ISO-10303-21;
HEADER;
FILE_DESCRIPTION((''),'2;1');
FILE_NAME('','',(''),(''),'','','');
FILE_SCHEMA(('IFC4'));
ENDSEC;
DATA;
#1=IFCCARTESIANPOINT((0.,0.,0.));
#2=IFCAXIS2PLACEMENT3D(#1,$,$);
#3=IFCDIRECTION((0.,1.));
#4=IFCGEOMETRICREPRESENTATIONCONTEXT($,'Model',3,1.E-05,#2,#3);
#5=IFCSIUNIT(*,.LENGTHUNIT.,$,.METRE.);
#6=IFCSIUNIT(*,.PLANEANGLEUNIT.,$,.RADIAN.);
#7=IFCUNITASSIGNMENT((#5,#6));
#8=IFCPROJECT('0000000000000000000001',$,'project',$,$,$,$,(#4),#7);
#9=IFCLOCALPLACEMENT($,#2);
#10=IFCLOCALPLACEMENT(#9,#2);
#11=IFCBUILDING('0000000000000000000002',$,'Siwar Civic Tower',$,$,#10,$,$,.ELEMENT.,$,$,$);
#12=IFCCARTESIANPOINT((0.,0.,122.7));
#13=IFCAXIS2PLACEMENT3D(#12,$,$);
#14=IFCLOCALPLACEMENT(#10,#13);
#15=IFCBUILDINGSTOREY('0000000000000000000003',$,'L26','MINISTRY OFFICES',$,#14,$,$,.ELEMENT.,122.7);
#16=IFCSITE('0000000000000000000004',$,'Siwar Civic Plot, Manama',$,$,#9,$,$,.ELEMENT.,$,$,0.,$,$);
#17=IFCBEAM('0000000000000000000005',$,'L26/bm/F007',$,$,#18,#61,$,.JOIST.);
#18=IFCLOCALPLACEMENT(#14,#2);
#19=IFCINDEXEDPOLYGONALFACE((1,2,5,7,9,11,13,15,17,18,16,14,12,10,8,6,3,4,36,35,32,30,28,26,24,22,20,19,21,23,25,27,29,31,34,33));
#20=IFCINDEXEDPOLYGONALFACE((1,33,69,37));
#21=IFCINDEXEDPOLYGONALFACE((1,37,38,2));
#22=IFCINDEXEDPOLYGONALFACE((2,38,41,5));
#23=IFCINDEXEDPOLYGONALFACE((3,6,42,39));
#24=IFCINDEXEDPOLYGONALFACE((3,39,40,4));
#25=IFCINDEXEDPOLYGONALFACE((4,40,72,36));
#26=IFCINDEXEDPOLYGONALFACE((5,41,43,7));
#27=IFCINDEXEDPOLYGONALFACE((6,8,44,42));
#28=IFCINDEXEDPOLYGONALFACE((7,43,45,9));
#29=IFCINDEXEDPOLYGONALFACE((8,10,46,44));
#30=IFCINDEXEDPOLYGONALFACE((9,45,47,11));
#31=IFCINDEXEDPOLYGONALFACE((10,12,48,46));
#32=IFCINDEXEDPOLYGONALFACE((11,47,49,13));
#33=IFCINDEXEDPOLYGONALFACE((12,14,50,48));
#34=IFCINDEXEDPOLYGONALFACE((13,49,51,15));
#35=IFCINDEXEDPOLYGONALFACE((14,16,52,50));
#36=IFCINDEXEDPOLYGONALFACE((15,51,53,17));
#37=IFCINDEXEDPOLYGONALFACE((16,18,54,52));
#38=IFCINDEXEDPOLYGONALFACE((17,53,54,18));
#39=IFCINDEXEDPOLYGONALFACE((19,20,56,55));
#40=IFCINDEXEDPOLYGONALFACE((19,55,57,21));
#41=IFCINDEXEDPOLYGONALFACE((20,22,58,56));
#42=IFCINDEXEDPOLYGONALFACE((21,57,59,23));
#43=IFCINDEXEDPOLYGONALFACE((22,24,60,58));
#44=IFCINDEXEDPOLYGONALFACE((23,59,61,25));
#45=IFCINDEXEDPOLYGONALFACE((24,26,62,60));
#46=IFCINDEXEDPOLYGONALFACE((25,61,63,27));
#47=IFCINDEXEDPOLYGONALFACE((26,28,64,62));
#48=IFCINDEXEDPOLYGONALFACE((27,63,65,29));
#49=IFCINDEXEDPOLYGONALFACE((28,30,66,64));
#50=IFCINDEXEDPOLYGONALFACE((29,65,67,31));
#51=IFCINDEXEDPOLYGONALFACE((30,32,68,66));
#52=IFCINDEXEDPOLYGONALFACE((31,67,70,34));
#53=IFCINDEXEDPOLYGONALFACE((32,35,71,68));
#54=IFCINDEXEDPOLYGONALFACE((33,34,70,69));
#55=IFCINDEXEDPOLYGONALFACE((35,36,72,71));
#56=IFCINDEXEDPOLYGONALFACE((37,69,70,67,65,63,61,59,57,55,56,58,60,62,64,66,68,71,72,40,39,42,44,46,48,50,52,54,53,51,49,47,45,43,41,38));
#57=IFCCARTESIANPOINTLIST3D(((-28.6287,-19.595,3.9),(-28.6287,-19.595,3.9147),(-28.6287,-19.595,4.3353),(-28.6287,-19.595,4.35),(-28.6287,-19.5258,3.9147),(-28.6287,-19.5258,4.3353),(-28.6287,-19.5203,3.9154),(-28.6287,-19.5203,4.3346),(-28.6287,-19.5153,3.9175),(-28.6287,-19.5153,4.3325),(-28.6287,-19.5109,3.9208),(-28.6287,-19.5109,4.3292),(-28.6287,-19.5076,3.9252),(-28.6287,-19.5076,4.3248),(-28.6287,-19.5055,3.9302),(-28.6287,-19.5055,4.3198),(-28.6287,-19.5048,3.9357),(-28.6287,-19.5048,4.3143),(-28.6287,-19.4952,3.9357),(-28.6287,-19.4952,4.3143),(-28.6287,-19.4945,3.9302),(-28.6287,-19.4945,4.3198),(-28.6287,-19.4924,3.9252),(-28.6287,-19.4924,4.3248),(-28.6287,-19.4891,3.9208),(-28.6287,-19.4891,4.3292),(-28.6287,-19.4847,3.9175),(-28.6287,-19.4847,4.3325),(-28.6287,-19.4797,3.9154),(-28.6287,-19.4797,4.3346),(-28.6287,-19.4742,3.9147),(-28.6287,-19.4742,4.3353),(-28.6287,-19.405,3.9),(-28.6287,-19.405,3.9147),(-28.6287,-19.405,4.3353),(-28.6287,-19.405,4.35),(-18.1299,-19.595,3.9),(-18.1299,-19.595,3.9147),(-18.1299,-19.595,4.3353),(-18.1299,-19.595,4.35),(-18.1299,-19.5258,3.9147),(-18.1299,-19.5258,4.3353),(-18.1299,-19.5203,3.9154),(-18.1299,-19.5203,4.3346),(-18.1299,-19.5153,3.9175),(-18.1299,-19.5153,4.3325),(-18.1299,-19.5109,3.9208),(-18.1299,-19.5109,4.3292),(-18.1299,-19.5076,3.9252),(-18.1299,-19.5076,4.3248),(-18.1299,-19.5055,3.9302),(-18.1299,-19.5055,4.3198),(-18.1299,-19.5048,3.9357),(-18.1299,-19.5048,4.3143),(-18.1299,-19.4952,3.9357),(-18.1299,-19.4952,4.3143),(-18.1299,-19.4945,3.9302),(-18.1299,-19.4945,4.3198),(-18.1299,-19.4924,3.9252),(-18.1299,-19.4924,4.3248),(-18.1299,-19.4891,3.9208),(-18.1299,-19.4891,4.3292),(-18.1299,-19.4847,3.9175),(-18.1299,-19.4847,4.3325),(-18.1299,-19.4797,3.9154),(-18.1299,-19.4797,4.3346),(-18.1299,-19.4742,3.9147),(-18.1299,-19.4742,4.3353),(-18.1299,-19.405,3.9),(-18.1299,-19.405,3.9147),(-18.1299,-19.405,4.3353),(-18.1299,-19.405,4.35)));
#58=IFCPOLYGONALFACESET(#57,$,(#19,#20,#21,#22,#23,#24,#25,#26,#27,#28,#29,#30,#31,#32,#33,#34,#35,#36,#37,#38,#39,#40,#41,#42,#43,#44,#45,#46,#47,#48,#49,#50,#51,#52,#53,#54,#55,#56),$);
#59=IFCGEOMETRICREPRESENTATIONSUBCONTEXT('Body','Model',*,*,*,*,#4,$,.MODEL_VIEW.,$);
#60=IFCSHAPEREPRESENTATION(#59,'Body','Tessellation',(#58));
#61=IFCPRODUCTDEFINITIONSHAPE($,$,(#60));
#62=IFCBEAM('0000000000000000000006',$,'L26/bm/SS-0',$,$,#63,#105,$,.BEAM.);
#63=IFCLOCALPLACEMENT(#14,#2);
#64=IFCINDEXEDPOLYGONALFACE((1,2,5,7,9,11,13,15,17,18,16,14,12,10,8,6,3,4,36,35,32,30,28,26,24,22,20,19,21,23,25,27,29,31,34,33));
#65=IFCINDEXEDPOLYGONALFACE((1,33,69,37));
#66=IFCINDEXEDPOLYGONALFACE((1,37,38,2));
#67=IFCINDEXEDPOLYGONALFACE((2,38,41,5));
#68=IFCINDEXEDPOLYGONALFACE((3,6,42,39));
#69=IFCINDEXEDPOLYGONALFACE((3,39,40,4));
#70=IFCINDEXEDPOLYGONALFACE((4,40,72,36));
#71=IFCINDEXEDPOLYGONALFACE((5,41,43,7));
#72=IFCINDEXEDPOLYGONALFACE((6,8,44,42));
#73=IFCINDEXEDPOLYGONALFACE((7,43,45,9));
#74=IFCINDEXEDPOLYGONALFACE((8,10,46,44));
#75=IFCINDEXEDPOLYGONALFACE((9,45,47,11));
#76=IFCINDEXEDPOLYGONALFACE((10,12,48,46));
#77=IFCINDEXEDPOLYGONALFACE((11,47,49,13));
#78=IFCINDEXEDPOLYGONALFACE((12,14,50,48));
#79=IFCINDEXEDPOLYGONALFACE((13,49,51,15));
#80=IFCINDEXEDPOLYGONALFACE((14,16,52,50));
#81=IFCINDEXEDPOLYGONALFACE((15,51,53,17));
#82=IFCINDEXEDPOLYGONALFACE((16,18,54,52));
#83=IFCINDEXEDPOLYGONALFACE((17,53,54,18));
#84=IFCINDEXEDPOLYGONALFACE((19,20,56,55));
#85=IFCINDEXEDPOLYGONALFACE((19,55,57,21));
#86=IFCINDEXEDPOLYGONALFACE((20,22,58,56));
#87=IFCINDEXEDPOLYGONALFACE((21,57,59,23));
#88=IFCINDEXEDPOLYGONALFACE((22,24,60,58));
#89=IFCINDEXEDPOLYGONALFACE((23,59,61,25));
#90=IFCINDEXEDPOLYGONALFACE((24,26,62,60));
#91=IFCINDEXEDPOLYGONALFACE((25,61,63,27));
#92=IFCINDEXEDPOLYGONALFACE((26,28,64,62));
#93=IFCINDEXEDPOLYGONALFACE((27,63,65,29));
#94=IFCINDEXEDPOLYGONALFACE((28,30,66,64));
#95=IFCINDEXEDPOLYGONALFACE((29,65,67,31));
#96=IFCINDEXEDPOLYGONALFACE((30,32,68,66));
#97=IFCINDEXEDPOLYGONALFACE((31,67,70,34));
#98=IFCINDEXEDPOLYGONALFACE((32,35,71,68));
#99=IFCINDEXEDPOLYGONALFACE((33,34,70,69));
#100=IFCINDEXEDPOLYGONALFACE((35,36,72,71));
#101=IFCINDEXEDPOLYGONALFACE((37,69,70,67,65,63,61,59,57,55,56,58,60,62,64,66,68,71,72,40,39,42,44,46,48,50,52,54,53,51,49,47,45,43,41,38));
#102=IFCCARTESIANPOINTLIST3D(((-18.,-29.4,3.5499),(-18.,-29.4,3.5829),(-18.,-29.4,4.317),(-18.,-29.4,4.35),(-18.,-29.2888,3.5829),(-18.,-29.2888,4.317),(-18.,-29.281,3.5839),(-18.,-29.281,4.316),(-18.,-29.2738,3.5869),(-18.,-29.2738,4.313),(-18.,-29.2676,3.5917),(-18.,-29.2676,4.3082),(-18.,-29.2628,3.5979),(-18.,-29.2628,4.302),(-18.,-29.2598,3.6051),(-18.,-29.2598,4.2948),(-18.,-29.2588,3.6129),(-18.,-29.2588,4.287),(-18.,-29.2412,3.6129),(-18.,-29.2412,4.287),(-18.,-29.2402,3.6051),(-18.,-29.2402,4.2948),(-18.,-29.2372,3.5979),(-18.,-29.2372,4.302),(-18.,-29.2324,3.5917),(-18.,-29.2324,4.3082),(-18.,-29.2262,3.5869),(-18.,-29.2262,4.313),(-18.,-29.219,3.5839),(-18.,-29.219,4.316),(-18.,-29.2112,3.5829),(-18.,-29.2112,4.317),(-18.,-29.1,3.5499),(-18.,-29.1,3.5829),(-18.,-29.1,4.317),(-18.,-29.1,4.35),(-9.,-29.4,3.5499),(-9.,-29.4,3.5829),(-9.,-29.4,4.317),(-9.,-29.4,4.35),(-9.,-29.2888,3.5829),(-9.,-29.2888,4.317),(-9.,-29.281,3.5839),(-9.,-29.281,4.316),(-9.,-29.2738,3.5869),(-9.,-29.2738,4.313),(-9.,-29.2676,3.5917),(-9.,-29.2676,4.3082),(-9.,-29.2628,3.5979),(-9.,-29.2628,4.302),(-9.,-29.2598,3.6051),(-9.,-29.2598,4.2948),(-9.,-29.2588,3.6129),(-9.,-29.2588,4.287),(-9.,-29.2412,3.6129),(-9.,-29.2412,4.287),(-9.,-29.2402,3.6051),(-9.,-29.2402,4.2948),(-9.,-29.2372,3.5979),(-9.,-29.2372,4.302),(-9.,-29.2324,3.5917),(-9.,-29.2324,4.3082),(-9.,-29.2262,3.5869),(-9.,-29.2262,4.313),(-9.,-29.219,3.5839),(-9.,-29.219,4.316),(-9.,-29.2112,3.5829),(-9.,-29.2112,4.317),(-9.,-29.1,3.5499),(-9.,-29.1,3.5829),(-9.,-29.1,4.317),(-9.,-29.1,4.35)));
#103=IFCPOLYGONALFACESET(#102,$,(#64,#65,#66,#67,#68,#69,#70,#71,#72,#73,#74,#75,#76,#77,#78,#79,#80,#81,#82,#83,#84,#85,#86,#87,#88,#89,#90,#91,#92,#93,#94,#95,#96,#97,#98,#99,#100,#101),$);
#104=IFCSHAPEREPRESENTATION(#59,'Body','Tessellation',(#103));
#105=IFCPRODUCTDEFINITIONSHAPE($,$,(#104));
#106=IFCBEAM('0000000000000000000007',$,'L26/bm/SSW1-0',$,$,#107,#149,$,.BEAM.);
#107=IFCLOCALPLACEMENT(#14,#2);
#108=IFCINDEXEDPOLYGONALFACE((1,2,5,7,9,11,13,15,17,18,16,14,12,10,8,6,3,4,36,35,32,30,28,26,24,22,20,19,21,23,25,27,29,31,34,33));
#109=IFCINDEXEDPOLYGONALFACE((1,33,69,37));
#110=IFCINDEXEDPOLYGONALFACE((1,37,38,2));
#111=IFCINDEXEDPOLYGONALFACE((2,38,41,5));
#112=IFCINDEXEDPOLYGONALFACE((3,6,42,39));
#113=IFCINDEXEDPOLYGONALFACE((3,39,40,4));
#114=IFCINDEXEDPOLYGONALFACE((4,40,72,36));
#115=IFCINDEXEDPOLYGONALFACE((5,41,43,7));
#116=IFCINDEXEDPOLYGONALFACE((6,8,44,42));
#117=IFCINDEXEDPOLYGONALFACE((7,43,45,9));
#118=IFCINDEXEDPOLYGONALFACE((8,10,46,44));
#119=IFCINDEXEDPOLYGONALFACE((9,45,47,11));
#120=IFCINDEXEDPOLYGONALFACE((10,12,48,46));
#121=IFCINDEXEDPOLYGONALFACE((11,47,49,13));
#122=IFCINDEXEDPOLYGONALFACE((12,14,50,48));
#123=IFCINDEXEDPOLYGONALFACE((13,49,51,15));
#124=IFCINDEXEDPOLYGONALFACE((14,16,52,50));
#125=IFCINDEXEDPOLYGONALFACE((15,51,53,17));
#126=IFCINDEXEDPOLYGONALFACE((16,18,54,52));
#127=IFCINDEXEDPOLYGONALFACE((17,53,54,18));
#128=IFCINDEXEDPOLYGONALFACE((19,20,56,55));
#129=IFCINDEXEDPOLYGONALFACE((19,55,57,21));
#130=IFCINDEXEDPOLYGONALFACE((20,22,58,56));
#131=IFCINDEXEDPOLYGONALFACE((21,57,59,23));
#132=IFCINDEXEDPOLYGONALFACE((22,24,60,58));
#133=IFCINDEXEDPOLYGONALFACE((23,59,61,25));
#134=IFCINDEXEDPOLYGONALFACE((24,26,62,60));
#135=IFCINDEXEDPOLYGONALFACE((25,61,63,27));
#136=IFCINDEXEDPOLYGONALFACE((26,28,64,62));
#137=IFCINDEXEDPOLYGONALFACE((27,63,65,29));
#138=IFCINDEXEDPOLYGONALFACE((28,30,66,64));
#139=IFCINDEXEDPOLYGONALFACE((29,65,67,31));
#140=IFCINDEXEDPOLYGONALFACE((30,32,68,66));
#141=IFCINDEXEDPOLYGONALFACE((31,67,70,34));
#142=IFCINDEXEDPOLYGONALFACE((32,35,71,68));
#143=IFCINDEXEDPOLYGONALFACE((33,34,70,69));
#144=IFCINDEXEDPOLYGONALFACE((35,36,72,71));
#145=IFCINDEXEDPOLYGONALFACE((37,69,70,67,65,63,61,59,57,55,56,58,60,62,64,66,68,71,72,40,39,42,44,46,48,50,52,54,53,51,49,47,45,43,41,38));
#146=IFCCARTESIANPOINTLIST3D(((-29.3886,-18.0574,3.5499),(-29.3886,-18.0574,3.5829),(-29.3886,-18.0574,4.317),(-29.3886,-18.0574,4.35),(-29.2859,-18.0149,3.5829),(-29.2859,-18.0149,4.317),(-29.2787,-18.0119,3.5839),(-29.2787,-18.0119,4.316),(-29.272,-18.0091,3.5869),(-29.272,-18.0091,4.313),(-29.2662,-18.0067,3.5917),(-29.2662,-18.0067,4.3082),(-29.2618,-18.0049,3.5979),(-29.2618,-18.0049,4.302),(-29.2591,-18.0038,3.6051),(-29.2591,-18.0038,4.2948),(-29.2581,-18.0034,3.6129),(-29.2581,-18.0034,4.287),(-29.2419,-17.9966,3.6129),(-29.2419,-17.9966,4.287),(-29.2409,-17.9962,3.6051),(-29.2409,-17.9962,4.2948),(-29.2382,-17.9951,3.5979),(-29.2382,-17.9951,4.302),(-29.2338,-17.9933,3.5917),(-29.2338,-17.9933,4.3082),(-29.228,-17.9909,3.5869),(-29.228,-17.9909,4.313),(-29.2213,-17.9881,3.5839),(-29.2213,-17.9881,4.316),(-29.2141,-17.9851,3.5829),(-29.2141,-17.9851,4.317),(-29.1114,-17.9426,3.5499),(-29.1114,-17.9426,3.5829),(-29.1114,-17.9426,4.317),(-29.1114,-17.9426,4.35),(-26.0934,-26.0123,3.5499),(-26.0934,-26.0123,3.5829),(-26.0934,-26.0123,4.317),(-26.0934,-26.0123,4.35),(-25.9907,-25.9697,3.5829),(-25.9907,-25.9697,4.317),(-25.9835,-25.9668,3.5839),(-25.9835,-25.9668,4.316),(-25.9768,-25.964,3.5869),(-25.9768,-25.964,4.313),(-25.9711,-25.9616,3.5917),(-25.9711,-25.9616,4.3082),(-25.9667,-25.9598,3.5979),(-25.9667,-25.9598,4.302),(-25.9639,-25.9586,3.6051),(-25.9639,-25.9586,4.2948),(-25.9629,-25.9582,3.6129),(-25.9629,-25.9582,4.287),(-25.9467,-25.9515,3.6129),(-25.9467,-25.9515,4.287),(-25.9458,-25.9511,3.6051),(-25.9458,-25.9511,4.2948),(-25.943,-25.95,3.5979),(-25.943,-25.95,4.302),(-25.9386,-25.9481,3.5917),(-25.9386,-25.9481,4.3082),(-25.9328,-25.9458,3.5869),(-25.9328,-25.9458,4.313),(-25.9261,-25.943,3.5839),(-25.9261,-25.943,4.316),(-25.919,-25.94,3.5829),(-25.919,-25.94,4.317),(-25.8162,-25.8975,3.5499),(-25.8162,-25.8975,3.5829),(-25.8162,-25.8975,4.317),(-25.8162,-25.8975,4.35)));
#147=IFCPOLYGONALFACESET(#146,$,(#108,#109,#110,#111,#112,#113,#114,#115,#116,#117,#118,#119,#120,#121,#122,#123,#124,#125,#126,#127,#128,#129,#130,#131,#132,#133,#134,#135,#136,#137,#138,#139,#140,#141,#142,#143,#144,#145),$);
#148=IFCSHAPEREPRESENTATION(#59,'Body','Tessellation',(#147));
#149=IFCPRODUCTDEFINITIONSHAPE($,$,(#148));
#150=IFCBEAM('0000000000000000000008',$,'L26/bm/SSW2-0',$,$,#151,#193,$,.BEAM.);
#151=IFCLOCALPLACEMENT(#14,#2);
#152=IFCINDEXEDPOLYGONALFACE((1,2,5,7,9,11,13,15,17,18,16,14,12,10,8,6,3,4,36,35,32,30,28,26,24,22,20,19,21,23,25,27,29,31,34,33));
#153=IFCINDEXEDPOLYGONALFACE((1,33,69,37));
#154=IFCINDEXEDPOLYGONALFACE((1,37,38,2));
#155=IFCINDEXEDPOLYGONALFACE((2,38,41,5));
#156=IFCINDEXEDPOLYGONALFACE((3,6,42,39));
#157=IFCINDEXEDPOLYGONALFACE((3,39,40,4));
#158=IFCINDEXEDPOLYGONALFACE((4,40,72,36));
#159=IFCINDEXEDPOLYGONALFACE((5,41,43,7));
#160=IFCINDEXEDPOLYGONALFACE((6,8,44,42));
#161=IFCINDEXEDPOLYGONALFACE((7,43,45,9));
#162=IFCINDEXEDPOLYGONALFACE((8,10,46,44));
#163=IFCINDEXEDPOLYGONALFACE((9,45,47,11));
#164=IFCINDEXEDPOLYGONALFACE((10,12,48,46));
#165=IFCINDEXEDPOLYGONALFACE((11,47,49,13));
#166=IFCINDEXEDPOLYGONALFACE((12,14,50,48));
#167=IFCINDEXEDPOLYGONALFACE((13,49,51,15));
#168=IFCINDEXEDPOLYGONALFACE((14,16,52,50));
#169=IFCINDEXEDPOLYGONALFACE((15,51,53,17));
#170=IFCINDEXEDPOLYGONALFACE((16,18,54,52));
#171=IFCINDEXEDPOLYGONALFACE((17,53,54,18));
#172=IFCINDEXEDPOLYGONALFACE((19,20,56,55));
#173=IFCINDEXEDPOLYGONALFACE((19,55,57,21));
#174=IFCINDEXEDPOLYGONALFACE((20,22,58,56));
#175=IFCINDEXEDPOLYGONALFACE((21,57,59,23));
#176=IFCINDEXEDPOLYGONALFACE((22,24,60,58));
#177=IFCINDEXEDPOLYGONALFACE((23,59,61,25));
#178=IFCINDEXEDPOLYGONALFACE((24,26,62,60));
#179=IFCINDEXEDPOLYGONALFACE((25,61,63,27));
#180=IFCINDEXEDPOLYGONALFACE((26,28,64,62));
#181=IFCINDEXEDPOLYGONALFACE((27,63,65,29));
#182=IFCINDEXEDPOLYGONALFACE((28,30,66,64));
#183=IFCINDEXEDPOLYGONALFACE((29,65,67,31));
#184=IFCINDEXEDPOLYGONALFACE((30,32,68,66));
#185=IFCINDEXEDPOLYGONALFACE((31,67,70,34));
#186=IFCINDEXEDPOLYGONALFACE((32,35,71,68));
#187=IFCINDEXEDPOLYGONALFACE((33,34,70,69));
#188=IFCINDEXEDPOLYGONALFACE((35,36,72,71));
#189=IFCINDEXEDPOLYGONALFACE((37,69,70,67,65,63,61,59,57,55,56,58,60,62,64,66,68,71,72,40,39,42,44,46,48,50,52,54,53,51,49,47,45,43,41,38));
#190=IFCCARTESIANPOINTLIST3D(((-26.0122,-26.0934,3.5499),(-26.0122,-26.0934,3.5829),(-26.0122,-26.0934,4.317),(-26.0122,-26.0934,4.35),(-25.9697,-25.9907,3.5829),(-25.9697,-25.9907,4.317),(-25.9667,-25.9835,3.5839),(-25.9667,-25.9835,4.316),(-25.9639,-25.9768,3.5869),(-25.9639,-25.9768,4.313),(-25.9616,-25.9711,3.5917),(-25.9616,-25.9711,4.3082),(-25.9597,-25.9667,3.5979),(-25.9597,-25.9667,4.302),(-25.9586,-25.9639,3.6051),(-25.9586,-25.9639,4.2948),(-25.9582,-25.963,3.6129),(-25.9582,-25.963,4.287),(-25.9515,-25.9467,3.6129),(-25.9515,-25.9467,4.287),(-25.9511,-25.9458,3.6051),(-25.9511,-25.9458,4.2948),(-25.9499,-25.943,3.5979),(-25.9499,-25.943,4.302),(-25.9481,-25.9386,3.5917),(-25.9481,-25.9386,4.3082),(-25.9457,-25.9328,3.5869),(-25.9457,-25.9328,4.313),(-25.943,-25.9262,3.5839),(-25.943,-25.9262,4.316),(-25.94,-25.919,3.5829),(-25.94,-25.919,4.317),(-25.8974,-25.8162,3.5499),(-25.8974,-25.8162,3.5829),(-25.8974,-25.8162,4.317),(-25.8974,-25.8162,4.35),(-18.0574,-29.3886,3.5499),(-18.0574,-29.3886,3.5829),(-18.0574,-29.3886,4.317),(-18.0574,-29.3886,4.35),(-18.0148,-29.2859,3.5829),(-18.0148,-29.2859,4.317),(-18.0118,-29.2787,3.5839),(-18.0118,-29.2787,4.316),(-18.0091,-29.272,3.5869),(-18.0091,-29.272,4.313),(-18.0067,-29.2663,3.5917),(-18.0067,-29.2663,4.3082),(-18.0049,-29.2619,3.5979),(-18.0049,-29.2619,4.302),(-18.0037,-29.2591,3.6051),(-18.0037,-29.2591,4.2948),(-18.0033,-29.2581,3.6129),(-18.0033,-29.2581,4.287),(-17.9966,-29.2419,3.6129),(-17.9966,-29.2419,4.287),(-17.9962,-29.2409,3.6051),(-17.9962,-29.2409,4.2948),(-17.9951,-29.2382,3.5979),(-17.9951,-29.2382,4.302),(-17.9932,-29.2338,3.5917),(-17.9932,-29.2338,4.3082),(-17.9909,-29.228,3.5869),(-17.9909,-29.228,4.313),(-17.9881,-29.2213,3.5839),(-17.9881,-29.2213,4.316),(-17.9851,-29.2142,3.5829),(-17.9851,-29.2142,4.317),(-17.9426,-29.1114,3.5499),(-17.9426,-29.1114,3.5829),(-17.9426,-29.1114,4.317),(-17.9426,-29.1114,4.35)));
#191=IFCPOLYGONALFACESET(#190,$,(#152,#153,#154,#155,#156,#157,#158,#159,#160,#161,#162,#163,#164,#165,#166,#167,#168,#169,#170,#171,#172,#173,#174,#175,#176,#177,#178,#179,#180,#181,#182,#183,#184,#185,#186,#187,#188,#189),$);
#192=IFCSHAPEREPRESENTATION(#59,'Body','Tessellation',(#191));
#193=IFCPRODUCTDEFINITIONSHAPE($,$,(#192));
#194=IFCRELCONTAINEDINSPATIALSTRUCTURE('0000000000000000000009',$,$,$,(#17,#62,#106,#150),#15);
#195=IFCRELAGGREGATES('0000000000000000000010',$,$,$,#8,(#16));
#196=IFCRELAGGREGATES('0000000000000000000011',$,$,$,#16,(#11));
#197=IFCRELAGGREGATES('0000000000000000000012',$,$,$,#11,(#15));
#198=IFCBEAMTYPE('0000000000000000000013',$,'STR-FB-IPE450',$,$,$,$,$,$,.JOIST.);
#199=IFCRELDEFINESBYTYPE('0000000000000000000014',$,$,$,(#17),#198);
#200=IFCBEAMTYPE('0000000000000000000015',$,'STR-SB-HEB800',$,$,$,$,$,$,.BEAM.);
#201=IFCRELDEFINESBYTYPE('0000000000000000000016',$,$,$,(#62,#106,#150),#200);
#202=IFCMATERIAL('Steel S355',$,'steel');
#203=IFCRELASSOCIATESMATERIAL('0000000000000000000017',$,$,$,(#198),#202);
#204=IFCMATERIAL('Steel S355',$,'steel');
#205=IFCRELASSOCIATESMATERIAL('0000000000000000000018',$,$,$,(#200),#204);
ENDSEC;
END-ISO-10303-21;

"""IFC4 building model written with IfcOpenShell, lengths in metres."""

from ifc_helpers import new_model, si_unit, direction, frame, origin, origin_2d, place, context, subcontext, project, spatial, i_section, extrude, material, material_profile, profile_set, type_object, element, save


model = new_model("IFC4")

# Units and contexts
model_context = context("Model", 3, precision=1e-05, world=origin(), true_north=direction((0.0, 1.0)))
body_context = subcontext(model_context, "Body", "Model", "MODEL_VIEW")
ifc_project = project(units=[si_unit("LENGTHUNIT", "METRE"), si_unit("PLANEANGLEUNIT", "RADIAN")], contexts=[model_context])

# Site, building, storey
site_placement = place(None, origin())
site = spatial("IfcSite", under=ifc_project, at=site_placement, Name="Siwar Civic Plot, Manama", CompositionType="ELEMENT", RefElevation=0.0)
building_placement = place(site_placement, origin())
building = spatial("IfcBuilding", under=site, at=building_placement, Name="Siwar Civic Tower", CompositionType="ELEMENT")
storey_placement = place(building_placement, frame((0.0, 0.0, 122.7)))
storey = spatial("IfcBuildingStorey", under=building, at=storey_placement, Name="L26", Description="MINISTRY OFFICES", CompositionType="ELEMENT", Elevation=122.7)

# Beams
ifc_material_1 = material(Name="Steel S355", Category="steel")
ifc_material_profile_1 = material_profile(ifc_material_1, i_section(OverallWidth=0.1899, OverallDepth=0.45, WebThickness=0.0095, FlangeThickness=0.0146, FilletRadius=0.021, at=origin_2d()), Name="IPE450")
ifc_profile_set_1 = profile_set([ifc_material_profile_1], Name="Steel S355")
beam_type_1 = type_object("IfcBeamType", Name="STR-FB-IPE450", PredefinedType="JOIST", material=ifc_profile_set_1)
beam_1_placement = place(storey_placement, frame((-28.6287, -19.5, 4.125), z_axis=(1.0, 0.0, 0.0), x_axis=(0.0, 1.0, 0.0)))
element("IfcBeam", 1, at=beam_1_placement, inside=storey, type_object=beam_type_1, Name="L26/bm/F007", PredefinedType="JOIST", context=body_context, shape_type="SweptSolid", body=[
    extrude(i_section(OverallWidth=0.1899, OverallDepth=0.45, WebThickness=0.0095, FlangeThickness=0.0146, FilletRadius=0.021, at=origin_2d()), origin(), (0.0, 0.0, 1.0), 10.4988),
])
ifc_material_2 = material(Name="Steel S355", Category="steel")
ifc_material_profile_2 = material_profile(ifc_material_2, i_section(OverallWidth=0.3, OverallDepth=0.8, WebThickness=0.0176, FlangeThickness=0.033, FilletRadius=0.03, at=origin_2d()), Name="HEB800")
ifc_profile_set_2 = profile_set([ifc_material_profile_2], Name="Steel S355")
beam_type_2 = type_object("IfcBeamType", Name="STR-SB-HEB800", PredefinedType="BEAM", material=ifc_profile_set_2)
beam_2_placement = place(storey_placement, frame((-18.0, -29.25, 3.95), z_axis=(1.0, 0.0, 0.0), x_axis=(0.0, 1.0, 0.0)))
element("IfcBeam", 2, at=beam_2_placement, inside=storey, type_object=beam_type_2, Name="L26/bm/SS-0", PredefinedType="BEAM", context=body_context, shape_type="SweptSolid", body=[
    extrude(i_section(OverallWidth=0.3, OverallDepth=0.8, WebThickness=0.0176, FlangeThickness=0.033, FilletRadius=0.03, at=origin_2d()), origin(), (0.0, 0.0, 1.0), 9.0),
])
for number, where, z_axis, x_axis, name in (
    (3, (-29.25, -18.0, 3.95), (0.3827, -0.923873, 0.0), (0.923873, 0.3827, 0.0), "L26/bm/SSW1-0"),
    (4, (-25.9548, -25.9548, 3.95), (0.923873, -0.3827, 0.0), (0.3827, 0.923873, 0.0), "L26/bm/SSW2-0"),
):
    element("IfcBeam", number, at=place(storey_placement, frame(where, z_axis=z_axis, x_axis=x_axis)), inside=storey, type_object=beam_type_2, Name=name, PredefinedType="BEAM", context=body_context, shape_type="SweptSolid", body=[
        extrude(i_section(OverallWidth=0.3, OverallDepth=0.8, WebThickness=0.0176, FlangeThickness=0.033, FilletRadius=0.03, at=origin_2d()), origin(), (0.0, 0.0, 1.0), 8.6104),
    ])

save(model, "model.ifc")
